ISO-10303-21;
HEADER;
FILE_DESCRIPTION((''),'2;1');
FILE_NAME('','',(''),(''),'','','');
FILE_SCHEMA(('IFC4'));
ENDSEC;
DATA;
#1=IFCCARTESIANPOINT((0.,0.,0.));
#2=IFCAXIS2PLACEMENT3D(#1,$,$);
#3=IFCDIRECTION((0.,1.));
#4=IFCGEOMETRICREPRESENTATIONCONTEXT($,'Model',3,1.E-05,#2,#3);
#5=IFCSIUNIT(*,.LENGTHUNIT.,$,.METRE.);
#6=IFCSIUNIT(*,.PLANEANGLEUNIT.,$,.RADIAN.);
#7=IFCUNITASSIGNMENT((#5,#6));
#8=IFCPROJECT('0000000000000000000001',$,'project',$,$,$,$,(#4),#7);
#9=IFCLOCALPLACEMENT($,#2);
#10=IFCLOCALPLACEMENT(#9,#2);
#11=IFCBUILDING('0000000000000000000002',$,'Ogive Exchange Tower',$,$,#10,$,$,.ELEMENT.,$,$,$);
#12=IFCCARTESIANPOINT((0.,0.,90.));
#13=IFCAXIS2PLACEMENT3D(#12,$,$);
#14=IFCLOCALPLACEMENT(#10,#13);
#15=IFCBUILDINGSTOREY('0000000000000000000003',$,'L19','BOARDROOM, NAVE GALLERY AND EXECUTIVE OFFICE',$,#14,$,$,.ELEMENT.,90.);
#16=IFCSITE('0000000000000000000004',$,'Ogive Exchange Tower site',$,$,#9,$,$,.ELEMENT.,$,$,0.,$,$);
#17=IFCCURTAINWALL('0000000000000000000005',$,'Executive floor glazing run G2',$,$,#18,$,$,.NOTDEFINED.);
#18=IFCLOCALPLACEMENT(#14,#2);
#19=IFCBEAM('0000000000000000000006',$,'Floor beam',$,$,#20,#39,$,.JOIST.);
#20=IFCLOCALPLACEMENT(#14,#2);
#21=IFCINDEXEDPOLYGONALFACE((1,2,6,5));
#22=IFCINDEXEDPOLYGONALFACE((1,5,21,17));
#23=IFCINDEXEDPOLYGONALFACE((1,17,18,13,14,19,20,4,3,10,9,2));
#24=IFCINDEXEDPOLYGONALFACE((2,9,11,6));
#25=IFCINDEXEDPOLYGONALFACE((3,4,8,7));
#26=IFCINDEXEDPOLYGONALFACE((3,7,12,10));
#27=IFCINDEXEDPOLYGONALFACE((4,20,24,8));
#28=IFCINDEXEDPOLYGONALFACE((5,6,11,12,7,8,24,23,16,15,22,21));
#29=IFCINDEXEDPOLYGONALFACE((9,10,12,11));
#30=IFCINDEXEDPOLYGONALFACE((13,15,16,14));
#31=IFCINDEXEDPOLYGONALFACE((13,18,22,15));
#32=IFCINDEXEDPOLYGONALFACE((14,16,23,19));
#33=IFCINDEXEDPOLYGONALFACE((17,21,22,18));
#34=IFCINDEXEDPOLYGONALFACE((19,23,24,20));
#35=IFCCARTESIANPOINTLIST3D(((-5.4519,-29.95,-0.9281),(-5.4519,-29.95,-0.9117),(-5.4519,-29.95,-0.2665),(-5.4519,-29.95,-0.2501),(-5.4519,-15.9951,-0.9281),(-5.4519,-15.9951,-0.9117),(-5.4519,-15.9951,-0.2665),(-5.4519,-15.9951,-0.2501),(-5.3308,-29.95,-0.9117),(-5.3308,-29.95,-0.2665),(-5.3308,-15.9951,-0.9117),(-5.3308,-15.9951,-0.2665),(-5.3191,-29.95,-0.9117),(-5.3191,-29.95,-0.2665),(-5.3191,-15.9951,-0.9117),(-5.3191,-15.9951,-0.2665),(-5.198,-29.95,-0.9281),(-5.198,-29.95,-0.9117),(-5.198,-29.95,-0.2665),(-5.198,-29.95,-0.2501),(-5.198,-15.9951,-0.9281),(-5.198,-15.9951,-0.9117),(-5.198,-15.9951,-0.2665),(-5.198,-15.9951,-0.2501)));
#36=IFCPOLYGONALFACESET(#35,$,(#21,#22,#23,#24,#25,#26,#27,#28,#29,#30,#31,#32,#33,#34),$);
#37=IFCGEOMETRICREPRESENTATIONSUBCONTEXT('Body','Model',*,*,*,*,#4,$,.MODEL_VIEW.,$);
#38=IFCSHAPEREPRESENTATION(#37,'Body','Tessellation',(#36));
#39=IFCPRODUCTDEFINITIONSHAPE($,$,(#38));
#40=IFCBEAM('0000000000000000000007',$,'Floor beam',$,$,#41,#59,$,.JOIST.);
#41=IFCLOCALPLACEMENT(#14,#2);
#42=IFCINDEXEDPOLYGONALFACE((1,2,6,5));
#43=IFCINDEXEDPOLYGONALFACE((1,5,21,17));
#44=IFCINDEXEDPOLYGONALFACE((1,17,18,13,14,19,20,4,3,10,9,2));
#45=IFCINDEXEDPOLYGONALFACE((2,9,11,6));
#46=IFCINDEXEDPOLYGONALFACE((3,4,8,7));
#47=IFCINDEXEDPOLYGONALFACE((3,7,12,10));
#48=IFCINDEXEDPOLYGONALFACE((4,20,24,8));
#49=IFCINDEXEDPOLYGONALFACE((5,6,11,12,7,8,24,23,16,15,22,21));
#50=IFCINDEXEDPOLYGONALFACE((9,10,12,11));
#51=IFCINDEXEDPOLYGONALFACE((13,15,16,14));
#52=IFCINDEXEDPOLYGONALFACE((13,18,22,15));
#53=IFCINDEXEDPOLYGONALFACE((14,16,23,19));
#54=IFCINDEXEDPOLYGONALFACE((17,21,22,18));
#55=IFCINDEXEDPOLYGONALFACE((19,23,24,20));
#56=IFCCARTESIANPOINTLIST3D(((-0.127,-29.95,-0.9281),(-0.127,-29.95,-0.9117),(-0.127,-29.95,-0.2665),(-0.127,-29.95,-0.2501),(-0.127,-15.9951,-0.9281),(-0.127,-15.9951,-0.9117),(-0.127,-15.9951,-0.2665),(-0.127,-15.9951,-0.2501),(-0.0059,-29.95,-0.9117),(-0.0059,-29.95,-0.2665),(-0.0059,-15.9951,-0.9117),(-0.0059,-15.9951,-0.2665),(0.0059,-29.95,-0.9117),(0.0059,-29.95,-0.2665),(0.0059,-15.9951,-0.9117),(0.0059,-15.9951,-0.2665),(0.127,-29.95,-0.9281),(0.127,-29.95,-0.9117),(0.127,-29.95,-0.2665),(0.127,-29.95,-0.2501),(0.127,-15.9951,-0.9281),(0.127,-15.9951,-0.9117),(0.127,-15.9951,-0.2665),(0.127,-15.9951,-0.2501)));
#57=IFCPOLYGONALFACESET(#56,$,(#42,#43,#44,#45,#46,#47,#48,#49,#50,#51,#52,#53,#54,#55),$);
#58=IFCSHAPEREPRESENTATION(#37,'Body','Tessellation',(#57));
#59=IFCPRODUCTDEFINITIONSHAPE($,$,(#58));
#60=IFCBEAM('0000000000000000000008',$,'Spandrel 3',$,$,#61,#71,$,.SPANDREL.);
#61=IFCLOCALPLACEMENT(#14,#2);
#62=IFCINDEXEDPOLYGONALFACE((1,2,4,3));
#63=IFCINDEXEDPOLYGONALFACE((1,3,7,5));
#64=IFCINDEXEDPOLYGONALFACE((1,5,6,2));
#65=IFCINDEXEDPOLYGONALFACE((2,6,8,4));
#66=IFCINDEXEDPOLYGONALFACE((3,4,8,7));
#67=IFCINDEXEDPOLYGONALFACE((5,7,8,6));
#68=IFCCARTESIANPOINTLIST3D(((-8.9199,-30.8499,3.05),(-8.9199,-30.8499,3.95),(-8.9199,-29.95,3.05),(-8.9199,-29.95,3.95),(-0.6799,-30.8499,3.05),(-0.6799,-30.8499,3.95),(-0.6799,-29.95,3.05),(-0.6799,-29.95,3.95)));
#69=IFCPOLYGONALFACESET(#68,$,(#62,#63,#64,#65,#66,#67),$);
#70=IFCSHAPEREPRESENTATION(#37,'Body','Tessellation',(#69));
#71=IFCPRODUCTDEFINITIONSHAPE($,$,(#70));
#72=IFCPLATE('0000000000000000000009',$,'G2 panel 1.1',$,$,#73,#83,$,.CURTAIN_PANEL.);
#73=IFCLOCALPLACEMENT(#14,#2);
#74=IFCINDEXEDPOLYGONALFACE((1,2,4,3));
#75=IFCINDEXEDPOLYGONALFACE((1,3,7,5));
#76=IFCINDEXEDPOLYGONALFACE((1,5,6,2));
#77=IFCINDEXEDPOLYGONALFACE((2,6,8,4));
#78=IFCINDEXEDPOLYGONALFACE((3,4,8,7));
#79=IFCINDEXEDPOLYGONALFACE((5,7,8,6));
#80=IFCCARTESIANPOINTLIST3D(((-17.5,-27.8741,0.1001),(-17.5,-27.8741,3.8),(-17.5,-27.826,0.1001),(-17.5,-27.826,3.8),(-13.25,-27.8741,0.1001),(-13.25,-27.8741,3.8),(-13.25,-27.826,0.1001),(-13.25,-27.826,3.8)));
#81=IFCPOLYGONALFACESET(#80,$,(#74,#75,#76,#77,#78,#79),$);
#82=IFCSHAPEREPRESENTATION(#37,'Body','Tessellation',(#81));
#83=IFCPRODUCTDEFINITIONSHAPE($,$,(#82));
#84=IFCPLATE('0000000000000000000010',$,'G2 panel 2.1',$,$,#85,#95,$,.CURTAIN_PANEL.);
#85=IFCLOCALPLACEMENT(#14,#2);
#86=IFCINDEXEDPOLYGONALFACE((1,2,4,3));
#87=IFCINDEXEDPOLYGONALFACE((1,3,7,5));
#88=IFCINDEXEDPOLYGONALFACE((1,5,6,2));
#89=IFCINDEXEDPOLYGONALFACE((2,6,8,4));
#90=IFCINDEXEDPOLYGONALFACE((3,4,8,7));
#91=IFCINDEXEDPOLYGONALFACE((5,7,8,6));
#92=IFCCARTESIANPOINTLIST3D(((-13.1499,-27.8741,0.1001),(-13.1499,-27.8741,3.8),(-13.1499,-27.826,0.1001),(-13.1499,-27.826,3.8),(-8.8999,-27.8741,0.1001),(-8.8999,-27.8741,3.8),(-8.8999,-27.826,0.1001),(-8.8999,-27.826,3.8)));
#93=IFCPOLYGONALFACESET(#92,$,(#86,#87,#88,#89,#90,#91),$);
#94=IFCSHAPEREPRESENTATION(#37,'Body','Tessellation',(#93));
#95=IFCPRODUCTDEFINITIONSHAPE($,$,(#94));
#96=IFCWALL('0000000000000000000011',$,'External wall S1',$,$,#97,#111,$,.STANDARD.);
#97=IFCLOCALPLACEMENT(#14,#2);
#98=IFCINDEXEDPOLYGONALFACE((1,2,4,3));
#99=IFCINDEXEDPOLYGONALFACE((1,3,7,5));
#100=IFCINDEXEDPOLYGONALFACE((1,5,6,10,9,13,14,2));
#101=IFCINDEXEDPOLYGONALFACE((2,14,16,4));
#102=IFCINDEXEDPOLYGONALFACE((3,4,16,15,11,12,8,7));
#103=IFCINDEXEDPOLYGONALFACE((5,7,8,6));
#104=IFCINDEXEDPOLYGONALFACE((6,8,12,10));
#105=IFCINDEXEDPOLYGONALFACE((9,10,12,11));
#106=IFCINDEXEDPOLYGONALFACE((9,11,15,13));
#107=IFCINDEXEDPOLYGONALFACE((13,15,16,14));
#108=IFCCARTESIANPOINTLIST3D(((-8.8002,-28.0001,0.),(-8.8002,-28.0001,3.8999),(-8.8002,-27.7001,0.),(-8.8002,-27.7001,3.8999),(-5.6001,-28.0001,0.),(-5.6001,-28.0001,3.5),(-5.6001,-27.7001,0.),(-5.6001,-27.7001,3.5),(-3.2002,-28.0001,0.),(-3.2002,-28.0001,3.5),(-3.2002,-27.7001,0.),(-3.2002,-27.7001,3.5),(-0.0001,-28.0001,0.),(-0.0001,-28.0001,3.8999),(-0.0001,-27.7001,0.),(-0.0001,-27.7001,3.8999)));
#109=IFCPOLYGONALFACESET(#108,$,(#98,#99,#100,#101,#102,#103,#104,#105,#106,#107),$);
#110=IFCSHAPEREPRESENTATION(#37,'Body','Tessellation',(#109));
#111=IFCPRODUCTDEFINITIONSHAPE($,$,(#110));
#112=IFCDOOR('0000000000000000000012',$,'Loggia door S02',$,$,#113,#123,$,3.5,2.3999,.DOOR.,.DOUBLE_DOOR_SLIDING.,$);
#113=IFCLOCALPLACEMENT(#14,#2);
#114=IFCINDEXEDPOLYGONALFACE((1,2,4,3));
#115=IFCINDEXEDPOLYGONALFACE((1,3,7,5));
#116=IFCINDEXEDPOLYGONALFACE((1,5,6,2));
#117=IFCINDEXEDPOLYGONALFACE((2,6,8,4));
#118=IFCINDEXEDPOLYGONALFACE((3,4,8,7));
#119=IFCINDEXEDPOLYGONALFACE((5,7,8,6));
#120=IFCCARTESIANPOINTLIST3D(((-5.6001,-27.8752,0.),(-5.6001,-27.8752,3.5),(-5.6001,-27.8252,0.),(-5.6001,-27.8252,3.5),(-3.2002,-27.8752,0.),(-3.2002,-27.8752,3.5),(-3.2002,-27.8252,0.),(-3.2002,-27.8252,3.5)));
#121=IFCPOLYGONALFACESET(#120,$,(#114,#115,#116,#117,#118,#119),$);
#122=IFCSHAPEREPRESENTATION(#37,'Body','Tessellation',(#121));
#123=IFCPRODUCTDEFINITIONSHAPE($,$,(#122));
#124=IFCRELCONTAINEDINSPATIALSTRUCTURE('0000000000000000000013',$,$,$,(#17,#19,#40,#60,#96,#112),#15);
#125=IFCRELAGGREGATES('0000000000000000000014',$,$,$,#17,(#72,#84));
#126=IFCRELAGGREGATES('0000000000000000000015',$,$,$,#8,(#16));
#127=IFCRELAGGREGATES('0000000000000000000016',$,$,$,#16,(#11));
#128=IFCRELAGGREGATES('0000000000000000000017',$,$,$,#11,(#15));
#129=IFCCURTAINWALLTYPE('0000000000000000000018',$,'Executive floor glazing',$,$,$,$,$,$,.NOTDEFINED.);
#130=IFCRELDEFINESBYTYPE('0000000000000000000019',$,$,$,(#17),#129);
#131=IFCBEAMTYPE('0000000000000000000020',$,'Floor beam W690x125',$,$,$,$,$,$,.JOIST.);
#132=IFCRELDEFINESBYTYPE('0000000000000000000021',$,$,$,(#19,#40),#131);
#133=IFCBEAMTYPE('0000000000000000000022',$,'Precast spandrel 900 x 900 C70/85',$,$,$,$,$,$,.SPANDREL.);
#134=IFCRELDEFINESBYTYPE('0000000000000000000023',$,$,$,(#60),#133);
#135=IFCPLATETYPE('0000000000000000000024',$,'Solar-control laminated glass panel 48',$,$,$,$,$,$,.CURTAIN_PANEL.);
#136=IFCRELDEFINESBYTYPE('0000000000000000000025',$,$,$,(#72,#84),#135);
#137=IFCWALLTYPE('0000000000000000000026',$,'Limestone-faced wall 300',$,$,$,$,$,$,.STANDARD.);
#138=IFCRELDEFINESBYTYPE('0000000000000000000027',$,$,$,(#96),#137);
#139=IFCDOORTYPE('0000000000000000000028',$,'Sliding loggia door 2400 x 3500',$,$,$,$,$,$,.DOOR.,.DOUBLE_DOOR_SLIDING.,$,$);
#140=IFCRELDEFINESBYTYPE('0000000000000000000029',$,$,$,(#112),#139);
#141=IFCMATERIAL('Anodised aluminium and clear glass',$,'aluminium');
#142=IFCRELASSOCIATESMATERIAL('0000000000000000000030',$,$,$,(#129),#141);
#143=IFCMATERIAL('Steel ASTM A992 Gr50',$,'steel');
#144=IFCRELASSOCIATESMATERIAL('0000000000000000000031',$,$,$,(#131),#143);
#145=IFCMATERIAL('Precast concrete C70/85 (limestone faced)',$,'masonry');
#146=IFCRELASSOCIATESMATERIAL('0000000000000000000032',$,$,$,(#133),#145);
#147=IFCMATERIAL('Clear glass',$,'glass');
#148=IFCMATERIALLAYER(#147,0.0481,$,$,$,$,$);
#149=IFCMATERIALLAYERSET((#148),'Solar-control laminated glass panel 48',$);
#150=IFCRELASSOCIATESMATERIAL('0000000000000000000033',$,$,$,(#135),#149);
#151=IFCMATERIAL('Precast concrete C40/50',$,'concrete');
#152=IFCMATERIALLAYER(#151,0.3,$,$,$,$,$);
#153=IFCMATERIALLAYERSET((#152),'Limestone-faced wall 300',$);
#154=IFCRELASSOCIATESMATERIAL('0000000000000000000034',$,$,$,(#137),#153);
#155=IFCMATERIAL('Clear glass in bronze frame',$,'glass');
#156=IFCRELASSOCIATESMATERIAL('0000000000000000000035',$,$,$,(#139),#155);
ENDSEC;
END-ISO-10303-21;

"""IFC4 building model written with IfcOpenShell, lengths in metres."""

from ifc_helpers import new_model, si_unit, direction, frame, frame_2d, origin, origin_2d, place, context, subcontext, project, spatial, rectangle, i_section, extrude, material, layer, layer_set, material_profile, profile_set, type_object, element, fill, aggregate, save


model = new_model("IFC4")

# Units and contexts
model_context = context("Model", 3, precision=1e-05, world=origin(), true_north=direction((0.0, 1.0)))
body_context = subcontext(model_context, "Body", "Model", "MODEL_VIEW")
ifc_project = project(units=[si_unit("LENGTHUNIT", "METRE"), si_unit("PLANEANGLEUNIT", "RADIAN")], contexts=[model_context])

# Site, building, storey
site_placement = place(None, origin())
site = spatial("IfcSite", under=ifc_project, at=site_placement, Name="Ogive Exchange Tower site", CompositionType="ELEMENT", RefElevation=0.0)
building_placement = place(site_placement, origin())
building = spatial("IfcBuilding", under=site, at=building_placement, Name="Ogive Exchange Tower", CompositionType="ELEMENT")
storey_placement = place(building_placement, frame((0.0, 0.0, 90.0)))
storey = spatial("IfcBuildingStorey", under=building, at=storey_placement, Name="L19", Description="BOARDROOM, NAVE GALLERY AND EXECUTIVE OFFICE", CompositionType="ELEMENT", Elevation=90.0)

# Shared definitions
ifc_material_1 = material(Name="Precast concrete C70/85 (limestone faced)", Category="masonry")

# Shared definitions
ifc_material_2 = material(Name="Anodised aluminium and clear glass", Category="aluminium")
curtain_wall_type = type_object("IfcCurtainWallType", Name="Executive floor glazing", PredefinedType="NOTDEFINED", material=ifc_material_2)

# Curtain wall
curtain_wall_1_placement = place(storey_placement, origin())
curtain_wall_1 = element("IfcCurtainWall", 1, at=curtain_wall_1_placement, inside=storey, type_object=curtain_wall_type, Name="Executive floor glazing run G2", PredefinedType="NOTDEFINED")

# Beams
ifc_material_3 = material(Name="Steel ASTM A992 Gr50", Category="steel")
ifc_material_profile_1 = material_profile(ifc_material_3, i_section(OverallWidth=0.2539, OverallDepth=0.678, WebThickness=0.0117, FlangeThickness=0.0164, at=origin_2d()), Name="W690x125")
ifc_profile_set_1 = profile_set([ifc_material_profile_1], Name="Steel ASTM A992 Gr50")
beam_type_1 = type_object("IfcBeamType", Name="Floor beam W690x125", PredefinedType="JOIST", material=ifc_profile_set_1)
for number, where, z_axis, x_axis, name in (
    (2, (-5.325, -29.95, -0.5891), (0.0, 1.0, 0.0), (-1.0, 0.0, 0.0), "Floor beam"),
    (3, (0.0, -29.95, -0.5891), (0.0, 1.0, 0.0), (-1.0, 0.0, 0.0), "Floor beam"),
):
    element("IfcBeam", number, at=place(storey_placement, frame(where, z_axis=z_axis, x_axis=x_axis)), inside=storey, type_object=beam_type_1, Name=name, PredefinedType="JOIST", context=body_context, shape_type="SweptSolid", body=[
        extrude(i_section(OverallWidth=0.2539, OverallDepth=0.678, WebThickness=0.0117, FlangeThickness=0.0164, at=origin_2d()), origin(), (0.0, 0.0, 1.0), 13.9548),
    ])
ifc_material_profile_2 = material_profile(ifc_material_1, rectangle(XDim=0.8999, YDim=0.8999, at=origin_2d()), Name="900 x 900")
ifc_profile_set_2 = profile_set([ifc_material_profile_2], Name="Precast concrete C70/85 (limestone faced)")
beam_type_2 = type_object("IfcBeamType", Name="Precast spandrel 900 x 900 C70/85", PredefinedType="SPANDREL", material=ifc_profile_set_2)
beam_placement = place(storey_placement, frame((-8.9199, -30.3999, 3.5), z_axis=(1.0, 0.0, 0.0), x_axis=(0.0, 1.0, 0.0)))
element("IfcBeam", 4, at=beam_placement, inside=storey, type_object=beam_type_2, Name="Spandrel 3", PredefinedType="SPANDREL", context=body_context, shape_type="SweptSolid", body=[
    extrude(rectangle(XDim=0.8999, YDim=0.8999, at=origin_2d()), origin(), (0.0, 0.0, 1.0), 8.24),
])

# Plates
ifc_material_4 = material(Name="Clear glass", Category="glass")
ifc_layer_1 = layer(ifc_material_4, 0.0481)
ifc_layer_set_1 = layer_set([ifc_layer_1], Name="Solar-control laminated glass panel 48")
plate_type = type_object("IfcPlateType", Name="Solar-control laminated glass panel 48", PredefinedType="CURTAIN_PANEL", material=ifc_layer_set_1)
plate_1_placement = place(storey_placement, frame((-15.375, -27.8501, 0.1001), z_axis=(0.0, 0.0, 1.0), x_axis=(1.0, 0.0, 0.0)))
plate_1 = element("IfcPlate", 5, at=plate_1_placement, type_object=plate_type, Name="G2 panel 1.1", PredefinedType="CURTAIN_PANEL", context=body_context, shape_type="SweptSolid", body=[
    extrude(rectangle(XDim=4.25, YDim=0.0481, at=origin_2d()), origin(), (0.0, 0.0, 1.0), 3.7),
])
plate_2_placement = place(storey_placement, frame((-11.0249, -27.8501, 0.1001), z_axis=(0.0, 0.0, 1.0), x_axis=(1.0, 0.0, 0.0)))
plate_2 = element("IfcPlate", 6, at=plate_2_placement, type_object=plate_type, Name="G2 panel 2.1", PredefinedType="CURTAIN_PANEL", context=body_context, shape_type="SweptSolid", body=[
    extrude(rectangle(XDim=4.25, YDim=0.0481, at=origin_2d()), origin(), (0.0, 0.0, 1.0), 3.7),
])
aggregate(curtain_wall_1, [plate_1, plate_2])

# Wall, opening, door
ifc_material_5 = material(Name="Precast concrete C40/50", Category="concrete")
ifc_layer_2 = layer(ifc_material_5, 0.3)
ifc_layer_set_2 = layer_set([ifc_layer_2], Name="Limestone-faced wall 300")
wall_type = type_object("IfcWallType", Name="Limestone-faced wall 300", PredefinedType="STANDARD", material=ifc_layer_set_2)
wall_placement = place(storey_placement, frame((-8.8, -27.8501, 0.0), z_axis=(0.0, 0.0, 1.0), x_axis=(1.0, 0.0, 0.0)))
wall = element("IfcWall", 7, at=wall_placement, inside=storey, type_object=wall_type, Name="External wall S1", PredefinedType="STANDARD", context=body_context, shape_type="SweptSolid", body=[
    extrude(rectangle(XDim=8.8, YDim=0.3, at=frame_2d((4.3999, 0.0))), origin(), (0.0, 0.0, 1.0), 3.8999),
])
opening_placement = place(wall_placement, frame((3.2, 0.0, 0.0)))
opening = element("IfcOpeningElement", 8, at=opening_placement, cuts=wall, PredefinedType="OPENING", context=body_context, shape_type="SweptSolid", body=[
    extrude(rectangle(XDim=2.3999, YDim=3.5, at=frame_2d((1.2, 1.75))), frame((0.0, 0.1599, 0.0), z_axis=(0.0, -1.0, 0.0), x_axis=(1.0, 0.0, 0.0)), (0.0, 0.0, 1.0), 0.3201),
])
ifc_material_6 = material(Name="Clear glass in bronze frame", Category="glass")
door_type = type_object("IfcDoorType", Name="Sliding loggia door 2400 x 3500", OperationType="DOUBLE_DOOR_SLIDING", PredefinedType="DOOR", material=ifc_material_6)
door_placement = place(opening_placement, origin())
door = element("IfcDoor", 9, at=door_placement, inside=storey, type_object=door_type, Name="Loggia door S02", OperationType="DOUBLE_DOOR_SLIDING", OverallHeight=3.5, OverallWidth=2.3999, PredefinedType="DOOR", context=body_context, shape_type="SweptSolid", body=[
    extrude(rectangle(XDim=2.3999, YDim=3.5, at=frame_2d((1.2, 1.75))), frame((0.0, 0.0249, 0.0), z_axis=(0.0, -1.0, 0.0), x_axis=(1.0, 0.0, 0.0)), (0.0, 0.0, 1.0), 0.05),
])
fill(opening, door)

save(model, "model.ifc")
